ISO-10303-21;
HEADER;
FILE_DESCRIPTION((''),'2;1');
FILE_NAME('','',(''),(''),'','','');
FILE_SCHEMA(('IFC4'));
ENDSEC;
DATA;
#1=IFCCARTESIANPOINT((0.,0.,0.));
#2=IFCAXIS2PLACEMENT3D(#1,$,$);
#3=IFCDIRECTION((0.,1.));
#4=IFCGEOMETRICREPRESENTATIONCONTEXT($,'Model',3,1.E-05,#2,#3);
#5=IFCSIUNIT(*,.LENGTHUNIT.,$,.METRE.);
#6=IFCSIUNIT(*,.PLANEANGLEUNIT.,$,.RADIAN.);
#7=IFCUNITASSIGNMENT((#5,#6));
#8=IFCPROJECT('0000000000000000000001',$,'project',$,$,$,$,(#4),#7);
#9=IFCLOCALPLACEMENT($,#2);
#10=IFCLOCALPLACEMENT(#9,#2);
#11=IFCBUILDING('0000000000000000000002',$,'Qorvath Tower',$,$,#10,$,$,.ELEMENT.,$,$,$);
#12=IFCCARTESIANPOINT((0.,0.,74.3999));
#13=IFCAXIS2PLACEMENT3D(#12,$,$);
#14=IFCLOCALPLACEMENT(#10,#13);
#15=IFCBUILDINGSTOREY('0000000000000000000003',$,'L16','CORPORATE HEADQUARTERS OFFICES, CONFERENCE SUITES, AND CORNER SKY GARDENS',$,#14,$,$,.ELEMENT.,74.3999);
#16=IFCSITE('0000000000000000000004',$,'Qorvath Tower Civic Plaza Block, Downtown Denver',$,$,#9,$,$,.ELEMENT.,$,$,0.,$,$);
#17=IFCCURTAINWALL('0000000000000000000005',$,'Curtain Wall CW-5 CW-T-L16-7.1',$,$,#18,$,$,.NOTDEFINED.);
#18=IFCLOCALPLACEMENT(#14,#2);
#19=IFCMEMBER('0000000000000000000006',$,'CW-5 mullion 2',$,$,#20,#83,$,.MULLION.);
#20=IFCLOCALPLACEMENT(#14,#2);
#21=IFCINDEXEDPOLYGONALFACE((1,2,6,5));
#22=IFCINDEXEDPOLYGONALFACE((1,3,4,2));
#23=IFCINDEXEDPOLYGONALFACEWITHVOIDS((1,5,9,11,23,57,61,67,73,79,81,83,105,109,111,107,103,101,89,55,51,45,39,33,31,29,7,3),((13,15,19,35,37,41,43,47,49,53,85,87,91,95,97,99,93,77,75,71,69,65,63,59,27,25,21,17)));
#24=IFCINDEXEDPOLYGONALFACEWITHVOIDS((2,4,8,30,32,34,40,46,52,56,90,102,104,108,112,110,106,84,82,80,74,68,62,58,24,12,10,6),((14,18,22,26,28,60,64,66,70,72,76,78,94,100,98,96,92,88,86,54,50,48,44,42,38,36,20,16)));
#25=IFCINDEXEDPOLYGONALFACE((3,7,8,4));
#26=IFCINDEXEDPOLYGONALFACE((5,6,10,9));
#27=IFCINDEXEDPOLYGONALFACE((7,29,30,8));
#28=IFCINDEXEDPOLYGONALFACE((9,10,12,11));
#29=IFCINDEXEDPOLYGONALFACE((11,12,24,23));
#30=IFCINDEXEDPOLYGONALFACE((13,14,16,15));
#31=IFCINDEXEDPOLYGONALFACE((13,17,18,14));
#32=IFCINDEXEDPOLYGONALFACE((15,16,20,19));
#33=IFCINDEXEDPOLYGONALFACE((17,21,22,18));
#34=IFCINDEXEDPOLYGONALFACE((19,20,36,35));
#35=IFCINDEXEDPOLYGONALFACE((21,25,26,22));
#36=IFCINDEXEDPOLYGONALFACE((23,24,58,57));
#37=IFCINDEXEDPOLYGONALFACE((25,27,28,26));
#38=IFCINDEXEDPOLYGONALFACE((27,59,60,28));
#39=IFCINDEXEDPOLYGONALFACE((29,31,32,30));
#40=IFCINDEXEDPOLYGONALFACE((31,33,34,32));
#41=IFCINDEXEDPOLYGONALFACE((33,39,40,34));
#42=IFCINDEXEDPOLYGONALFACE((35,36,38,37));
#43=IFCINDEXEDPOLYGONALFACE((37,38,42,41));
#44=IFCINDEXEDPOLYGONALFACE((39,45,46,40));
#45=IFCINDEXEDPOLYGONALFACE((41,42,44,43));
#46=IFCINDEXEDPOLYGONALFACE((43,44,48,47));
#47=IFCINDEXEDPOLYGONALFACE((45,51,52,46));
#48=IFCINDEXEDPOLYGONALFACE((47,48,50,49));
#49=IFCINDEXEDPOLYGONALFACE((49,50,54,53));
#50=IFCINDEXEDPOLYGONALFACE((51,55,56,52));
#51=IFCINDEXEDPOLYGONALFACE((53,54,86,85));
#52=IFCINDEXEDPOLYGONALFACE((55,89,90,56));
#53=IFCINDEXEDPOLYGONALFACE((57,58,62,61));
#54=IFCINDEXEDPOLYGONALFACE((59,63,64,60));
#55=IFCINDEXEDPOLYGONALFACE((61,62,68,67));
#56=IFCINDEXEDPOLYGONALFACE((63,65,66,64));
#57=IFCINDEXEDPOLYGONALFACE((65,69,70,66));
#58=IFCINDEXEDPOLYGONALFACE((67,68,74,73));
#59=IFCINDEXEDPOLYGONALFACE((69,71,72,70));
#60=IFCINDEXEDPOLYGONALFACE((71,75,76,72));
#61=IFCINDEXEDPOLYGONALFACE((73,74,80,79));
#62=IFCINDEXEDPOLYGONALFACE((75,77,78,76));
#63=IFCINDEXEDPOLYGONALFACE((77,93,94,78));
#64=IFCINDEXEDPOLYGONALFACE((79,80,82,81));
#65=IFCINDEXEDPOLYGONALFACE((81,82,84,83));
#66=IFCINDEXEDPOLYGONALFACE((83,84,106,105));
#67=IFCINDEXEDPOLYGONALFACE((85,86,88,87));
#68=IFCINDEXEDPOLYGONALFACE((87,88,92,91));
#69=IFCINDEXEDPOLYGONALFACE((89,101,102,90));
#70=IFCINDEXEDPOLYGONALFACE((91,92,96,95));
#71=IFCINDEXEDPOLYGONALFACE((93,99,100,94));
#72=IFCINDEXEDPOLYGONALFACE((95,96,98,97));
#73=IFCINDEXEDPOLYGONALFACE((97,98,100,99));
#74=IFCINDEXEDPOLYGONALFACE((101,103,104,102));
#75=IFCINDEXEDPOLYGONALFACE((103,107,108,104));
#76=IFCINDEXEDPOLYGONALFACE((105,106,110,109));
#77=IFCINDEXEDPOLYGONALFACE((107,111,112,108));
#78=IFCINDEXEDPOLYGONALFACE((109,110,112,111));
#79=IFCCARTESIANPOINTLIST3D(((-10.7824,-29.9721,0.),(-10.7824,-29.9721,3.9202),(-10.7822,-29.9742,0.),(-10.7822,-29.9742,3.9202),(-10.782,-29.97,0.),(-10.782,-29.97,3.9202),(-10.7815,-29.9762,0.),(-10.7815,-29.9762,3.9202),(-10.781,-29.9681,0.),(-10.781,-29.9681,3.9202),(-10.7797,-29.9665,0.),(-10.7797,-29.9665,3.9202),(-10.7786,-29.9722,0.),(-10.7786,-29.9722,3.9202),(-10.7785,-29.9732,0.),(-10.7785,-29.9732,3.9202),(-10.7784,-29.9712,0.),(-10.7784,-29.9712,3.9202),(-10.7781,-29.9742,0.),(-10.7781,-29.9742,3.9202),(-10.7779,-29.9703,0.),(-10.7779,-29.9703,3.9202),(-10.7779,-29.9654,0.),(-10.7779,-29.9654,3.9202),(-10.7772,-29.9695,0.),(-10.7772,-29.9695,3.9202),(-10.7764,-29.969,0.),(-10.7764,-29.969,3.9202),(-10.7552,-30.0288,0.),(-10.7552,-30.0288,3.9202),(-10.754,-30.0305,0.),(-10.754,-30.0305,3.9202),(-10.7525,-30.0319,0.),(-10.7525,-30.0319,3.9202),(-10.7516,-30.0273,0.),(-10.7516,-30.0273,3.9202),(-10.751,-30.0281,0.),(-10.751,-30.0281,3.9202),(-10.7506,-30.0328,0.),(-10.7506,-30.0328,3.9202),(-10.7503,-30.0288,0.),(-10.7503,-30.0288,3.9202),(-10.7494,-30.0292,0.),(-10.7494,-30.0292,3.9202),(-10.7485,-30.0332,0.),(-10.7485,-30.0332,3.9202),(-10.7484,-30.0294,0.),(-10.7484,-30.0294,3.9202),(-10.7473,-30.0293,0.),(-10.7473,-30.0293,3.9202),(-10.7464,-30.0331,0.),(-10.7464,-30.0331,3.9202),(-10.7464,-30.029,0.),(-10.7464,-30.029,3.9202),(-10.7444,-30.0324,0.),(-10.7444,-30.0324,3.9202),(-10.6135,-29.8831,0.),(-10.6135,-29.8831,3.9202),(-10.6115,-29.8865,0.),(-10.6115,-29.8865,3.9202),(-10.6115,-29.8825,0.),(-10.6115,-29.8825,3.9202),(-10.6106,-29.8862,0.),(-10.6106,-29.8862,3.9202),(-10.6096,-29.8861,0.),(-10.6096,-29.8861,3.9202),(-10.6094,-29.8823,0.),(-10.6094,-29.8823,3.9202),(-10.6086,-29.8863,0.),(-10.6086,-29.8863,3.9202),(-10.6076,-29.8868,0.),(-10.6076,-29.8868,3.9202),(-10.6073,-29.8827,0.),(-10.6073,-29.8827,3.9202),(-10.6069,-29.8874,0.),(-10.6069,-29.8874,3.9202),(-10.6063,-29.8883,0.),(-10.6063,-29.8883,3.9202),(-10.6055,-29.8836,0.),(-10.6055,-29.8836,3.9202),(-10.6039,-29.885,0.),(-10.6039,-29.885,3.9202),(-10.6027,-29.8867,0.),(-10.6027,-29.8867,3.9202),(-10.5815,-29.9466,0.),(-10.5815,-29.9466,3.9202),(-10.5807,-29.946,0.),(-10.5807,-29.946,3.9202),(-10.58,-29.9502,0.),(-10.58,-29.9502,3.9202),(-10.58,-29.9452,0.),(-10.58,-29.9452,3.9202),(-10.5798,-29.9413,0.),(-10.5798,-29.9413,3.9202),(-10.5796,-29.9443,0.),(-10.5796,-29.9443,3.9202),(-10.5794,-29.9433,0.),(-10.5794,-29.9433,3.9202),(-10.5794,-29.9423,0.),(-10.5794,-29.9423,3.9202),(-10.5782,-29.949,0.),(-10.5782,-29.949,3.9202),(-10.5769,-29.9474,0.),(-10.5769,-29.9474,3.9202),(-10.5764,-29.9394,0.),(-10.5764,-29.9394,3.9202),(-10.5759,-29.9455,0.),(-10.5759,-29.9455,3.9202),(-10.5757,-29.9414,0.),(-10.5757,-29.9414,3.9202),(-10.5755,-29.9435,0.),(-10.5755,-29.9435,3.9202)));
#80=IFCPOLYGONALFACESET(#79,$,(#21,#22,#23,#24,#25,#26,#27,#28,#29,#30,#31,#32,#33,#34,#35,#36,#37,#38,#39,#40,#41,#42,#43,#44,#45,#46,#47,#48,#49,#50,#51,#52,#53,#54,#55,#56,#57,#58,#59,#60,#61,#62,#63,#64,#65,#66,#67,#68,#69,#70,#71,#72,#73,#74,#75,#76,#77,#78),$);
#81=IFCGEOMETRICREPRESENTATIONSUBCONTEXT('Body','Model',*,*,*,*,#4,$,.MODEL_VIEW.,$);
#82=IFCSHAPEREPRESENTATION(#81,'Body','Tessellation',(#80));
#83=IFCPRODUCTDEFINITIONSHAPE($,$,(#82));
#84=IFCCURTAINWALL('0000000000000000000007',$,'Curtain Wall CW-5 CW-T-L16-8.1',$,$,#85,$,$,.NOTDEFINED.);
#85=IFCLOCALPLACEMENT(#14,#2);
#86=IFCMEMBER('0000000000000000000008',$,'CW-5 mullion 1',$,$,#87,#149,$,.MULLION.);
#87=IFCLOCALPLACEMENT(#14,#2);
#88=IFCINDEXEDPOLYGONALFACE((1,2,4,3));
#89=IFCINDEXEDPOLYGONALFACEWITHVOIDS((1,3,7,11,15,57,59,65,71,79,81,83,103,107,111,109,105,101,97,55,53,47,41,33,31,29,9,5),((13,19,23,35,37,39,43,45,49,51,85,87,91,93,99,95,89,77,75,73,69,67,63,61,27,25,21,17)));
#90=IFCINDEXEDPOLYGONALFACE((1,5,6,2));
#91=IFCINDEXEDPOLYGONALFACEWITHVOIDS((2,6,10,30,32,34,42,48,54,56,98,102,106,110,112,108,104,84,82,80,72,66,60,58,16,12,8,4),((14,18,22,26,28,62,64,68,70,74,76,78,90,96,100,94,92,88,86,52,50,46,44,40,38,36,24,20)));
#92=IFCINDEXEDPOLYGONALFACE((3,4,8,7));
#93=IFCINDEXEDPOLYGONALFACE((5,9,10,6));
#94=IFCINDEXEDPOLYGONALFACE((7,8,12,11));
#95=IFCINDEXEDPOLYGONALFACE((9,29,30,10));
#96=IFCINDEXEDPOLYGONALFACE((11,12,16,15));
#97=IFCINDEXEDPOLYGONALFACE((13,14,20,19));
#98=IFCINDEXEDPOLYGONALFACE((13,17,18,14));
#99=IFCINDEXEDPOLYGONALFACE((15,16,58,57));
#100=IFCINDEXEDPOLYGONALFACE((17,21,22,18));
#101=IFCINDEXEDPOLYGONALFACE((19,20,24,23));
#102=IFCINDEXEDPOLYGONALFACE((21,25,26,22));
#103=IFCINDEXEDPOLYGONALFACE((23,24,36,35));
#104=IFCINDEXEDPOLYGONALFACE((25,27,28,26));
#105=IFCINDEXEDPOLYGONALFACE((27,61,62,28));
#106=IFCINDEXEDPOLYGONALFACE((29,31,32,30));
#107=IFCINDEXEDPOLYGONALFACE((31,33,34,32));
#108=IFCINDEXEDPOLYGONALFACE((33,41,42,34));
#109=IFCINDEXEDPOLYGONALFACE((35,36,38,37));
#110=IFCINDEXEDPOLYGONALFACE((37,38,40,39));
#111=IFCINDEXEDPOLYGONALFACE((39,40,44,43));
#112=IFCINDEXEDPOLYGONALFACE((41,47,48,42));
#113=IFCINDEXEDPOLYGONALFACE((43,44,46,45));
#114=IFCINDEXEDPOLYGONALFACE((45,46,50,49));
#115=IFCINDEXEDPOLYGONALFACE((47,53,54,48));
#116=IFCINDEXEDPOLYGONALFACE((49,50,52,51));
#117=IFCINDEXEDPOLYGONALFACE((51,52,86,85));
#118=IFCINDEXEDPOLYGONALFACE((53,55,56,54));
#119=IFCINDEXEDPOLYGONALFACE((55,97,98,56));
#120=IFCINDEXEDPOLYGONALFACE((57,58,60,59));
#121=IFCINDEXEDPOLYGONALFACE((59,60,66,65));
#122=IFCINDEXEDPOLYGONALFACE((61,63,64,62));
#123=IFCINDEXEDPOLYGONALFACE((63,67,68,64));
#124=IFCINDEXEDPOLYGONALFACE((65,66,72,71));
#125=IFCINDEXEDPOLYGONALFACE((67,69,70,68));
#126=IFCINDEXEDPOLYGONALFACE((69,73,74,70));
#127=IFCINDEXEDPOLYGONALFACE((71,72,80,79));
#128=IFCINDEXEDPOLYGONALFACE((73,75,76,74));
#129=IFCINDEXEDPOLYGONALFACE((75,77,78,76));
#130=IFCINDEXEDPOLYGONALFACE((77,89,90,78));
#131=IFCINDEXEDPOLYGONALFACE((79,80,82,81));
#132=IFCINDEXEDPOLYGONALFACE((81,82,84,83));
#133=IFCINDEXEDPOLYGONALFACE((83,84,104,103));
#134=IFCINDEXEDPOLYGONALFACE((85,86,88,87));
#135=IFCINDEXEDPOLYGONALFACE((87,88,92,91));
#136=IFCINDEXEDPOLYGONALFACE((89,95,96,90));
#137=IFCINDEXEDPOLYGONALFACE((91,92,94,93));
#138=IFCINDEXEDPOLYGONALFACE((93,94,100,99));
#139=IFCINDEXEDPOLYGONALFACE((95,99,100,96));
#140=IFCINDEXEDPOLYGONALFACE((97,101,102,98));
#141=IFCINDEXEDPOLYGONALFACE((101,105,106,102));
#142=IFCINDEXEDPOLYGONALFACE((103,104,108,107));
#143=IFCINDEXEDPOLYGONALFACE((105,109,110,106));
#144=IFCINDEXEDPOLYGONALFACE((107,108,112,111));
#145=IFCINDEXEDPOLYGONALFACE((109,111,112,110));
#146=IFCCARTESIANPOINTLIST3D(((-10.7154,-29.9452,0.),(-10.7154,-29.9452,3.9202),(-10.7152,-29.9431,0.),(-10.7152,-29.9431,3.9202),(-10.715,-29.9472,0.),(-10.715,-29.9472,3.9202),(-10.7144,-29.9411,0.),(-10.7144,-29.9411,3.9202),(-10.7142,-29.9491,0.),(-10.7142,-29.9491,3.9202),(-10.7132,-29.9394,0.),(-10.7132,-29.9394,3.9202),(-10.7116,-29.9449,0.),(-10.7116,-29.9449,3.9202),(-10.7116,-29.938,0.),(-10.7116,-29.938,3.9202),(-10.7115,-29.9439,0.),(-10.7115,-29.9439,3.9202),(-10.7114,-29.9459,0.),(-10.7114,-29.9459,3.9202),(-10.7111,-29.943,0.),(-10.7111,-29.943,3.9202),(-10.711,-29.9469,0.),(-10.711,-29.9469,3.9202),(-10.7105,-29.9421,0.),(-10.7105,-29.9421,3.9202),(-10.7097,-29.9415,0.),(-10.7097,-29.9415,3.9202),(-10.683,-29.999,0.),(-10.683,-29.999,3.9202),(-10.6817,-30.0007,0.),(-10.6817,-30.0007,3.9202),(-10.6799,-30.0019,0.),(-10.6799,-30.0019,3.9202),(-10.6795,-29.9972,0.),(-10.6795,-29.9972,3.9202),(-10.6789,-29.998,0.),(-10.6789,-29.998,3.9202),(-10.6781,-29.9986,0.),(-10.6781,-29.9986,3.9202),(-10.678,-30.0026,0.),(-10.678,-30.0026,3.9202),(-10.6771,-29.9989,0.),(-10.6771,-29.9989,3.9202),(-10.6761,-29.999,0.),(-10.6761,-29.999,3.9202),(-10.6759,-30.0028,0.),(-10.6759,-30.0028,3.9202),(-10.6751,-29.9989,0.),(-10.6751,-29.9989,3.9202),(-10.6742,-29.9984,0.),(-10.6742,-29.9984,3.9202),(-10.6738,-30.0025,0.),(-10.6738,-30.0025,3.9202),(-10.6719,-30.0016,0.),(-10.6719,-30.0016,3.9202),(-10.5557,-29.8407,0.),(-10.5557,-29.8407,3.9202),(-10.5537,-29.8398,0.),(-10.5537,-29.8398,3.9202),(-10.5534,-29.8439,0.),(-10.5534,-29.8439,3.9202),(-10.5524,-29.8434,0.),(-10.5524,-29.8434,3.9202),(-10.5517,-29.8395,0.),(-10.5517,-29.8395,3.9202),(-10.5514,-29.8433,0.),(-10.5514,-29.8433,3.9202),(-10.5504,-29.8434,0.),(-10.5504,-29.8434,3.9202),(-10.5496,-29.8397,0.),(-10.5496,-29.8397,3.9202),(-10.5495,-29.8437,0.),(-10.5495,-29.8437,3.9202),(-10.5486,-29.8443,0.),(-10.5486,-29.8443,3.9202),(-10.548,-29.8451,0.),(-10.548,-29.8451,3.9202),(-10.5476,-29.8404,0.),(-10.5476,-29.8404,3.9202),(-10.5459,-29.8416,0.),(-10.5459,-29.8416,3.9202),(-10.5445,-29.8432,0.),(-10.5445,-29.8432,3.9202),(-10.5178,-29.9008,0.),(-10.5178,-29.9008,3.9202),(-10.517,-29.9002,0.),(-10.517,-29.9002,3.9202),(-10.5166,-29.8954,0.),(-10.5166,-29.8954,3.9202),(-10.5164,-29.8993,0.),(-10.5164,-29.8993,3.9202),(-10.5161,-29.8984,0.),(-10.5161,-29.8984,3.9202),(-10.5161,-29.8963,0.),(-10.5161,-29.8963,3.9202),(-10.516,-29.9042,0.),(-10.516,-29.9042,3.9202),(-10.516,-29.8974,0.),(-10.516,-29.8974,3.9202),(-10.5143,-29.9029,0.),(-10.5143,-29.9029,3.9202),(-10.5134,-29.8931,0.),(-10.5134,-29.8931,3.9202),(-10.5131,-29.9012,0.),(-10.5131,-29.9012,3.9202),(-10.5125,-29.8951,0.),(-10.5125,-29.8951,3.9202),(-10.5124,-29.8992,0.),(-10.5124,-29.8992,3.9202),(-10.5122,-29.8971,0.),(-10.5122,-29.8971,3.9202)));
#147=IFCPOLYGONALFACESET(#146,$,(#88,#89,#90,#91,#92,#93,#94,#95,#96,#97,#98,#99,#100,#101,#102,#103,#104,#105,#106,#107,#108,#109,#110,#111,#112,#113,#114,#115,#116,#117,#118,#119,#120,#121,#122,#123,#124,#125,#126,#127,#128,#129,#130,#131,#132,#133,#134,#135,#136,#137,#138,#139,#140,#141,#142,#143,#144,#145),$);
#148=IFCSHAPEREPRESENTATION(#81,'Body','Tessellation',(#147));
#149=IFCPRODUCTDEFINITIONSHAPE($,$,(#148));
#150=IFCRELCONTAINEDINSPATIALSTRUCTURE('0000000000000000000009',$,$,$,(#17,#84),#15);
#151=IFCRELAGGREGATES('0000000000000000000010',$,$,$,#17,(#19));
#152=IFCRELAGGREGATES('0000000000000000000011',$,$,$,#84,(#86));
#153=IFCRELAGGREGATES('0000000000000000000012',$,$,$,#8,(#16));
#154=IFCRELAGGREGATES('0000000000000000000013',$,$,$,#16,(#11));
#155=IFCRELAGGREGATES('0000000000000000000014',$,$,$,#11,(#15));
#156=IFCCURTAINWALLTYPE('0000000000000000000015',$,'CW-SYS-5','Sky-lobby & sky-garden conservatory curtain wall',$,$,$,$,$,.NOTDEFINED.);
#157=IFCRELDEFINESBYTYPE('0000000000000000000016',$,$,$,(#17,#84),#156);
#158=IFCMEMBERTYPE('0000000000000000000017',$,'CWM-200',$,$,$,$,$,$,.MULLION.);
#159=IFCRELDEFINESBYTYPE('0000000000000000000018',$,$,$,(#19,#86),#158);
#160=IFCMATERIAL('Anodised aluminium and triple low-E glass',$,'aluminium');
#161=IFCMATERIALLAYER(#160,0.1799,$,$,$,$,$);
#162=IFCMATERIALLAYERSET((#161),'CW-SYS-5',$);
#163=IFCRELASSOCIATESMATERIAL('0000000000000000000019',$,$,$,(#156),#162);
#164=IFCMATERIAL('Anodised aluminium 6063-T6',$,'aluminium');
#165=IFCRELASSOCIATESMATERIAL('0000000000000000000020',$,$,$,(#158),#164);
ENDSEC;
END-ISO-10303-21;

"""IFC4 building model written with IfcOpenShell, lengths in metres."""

from ifc_helpers import new_model, si_unit, direction, frame, origin, origin_2d, place, context, subcontext, project, spatial, hollow_rectangle, extrude, material, layer, layer_set, material_profile, profile_set, type_object, element, aggregate, save


model = new_model("IFC4")

# Units and contexts
model_context = context("Model", 3, precision=1e-05, world=origin(), true_north=direction((0.0, 1.0)))
body_context = subcontext(model_context, "Body", "Model", "MODEL_VIEW")
ifc_project = project(units=[si_unit("LENGTHUNIT", "METRE"), si_unit("PLANEANGLEUNIT", "RADIAN")], contexts=[model_context])

# Site, building, storey
site_placement = place(None, origin())
site = spatial("IfcSite", under=ifc_project, at=site_placement, Name="Qorvath Tower Civic Plaza Block, Downtown Denver", CompositionType="ELEMENT", RefElevation=0.0)
building_placement = place(site_placement, origin())
building = spatial("IfcBuilding", under=site, at=building_placement, Name="Qorvath Tower", CompositionType="ELEMENT")
storey_placement = place(building_placement, frame((0.0, 0.0, 74.3999)))
storey = spatial("IfcBuildingStorey", under=building, at=storey_placement, Name="L16", Description="CORPORATE HEADQUARTERS OFFICES, CONFERENCE SUITES, AND CORNER SKY GARDENS", CompositionType="ELEMENT", Elevation=74.3999)

# Shared definitions
ifc_material_1 = material(Name="Anodised aluminium and triple low-E glass", Category="aluminium")
ifc_layer_1 = layer(ifc_material_1, 0.1799)
ifc_layer_set_1 = layer_set([ifc_layer_1], Name="CW-SYS-5")
curtain_wall_type = type_object("IfcCurtainWallType", Name="CW-SYS-5", Description="Sky-lobby & sky-garden conservatory curtain wall", PredefinedType="NOTDEFINED", material=ifc_layer_set_1)
ifc_material_2 = material(Name="Anodised aluminium 6063-T6", Category="aluminium")
ifc_material_profile_1 = material_profile(ifc_material_2, hollow_rectangle(XDim=0.075, YDim=0.2, WallThickness=0.0039, InnerFilletRadius=0.0039, OuterFilletRadius=0.0081, at=origin_2d()), Name="CWM 200x75")
ifc_profile_set_1 = profile_set([ifc_material_profile_1], Name="Anodised aluminium 6063-T6")
member_type_1 = type_object("IfcMemberType", Name="CWM-200", PredefinedType="MULLION", material=ifc_profile_set_1)

# Curtain walls, members
curtain_wall_1_placement = place(storey_placement, origin())
curtain_wall_1 = element("IfcCurtainWall", 1, at=curtain_wall_1_placement, inside=storey, type_object=curtain_wall_type, Name="Curtain Wall CW-5 CW-T-L16-7.1", PredefinedType="NOTDEFINED")
member_1_placement = place(storey_placement, frame((-10.679, -29.9578, 0.0), z_axis=(0.0, 0.0, 1.0), x_axis=(-0.447206, 0.894431, 0.0)))
member_1 = element("IfcMember", 2, at=member_1_placement, type_object=member_type_1, Name="CW-5 mullion 2", PredefinedType="MULLION", context=body_context, shape_type="SweptSolid", body=[
    extrude(hollow_rectangle(XDim=0.075, YDim=0.2, WallThickness=0.0039, InnerFilletRadius=0.0039, OuterFilletRadius=0.0081, at=origin_2d()), origin(), (0.0, 0.0, 1.0), 3.9202),
])
curtain_wall_2_placement = place(storey_placement, origin())
curtain_wall_2 = element("IfcCurtainWall", 3, at=curtain_wall_2_placement, inside=storey, type_object=curtain_wall_type, Name="Curtain Wall CW-5 CW-T-L16-8.1", PredefinedType="NOTDEFINED")
member_2_placement = place(storey_placement, frame((-10.6138, -29.9211, 0.0), z_axis=(0.0, 0.0, 1.0), x_axis=(-0.529645, 0.848219, 0.0)))
member_2 = element("IfcMember", 4, at=member_2_placement, type_object=member_type_1, Name="CW-5 mullion 1", PredefinedType="MULLION", context=body_context, shape_type="SweptSolid", body=[
    extrude(hollow_rectangle(XDim=0.075, YDim=0.2, WallThickness=0.0039, InnerFilletRadius=0.0039, OuterFilletRadius=0.0081, at=origin_2d()), origin(), (0.0, 0.0, 1.0), 3.9202),
])

aggregate(curtain_wall_1, [member_1])
aggregate(curtain_wall_2, [member_2])

save(model, "model.ifc")
